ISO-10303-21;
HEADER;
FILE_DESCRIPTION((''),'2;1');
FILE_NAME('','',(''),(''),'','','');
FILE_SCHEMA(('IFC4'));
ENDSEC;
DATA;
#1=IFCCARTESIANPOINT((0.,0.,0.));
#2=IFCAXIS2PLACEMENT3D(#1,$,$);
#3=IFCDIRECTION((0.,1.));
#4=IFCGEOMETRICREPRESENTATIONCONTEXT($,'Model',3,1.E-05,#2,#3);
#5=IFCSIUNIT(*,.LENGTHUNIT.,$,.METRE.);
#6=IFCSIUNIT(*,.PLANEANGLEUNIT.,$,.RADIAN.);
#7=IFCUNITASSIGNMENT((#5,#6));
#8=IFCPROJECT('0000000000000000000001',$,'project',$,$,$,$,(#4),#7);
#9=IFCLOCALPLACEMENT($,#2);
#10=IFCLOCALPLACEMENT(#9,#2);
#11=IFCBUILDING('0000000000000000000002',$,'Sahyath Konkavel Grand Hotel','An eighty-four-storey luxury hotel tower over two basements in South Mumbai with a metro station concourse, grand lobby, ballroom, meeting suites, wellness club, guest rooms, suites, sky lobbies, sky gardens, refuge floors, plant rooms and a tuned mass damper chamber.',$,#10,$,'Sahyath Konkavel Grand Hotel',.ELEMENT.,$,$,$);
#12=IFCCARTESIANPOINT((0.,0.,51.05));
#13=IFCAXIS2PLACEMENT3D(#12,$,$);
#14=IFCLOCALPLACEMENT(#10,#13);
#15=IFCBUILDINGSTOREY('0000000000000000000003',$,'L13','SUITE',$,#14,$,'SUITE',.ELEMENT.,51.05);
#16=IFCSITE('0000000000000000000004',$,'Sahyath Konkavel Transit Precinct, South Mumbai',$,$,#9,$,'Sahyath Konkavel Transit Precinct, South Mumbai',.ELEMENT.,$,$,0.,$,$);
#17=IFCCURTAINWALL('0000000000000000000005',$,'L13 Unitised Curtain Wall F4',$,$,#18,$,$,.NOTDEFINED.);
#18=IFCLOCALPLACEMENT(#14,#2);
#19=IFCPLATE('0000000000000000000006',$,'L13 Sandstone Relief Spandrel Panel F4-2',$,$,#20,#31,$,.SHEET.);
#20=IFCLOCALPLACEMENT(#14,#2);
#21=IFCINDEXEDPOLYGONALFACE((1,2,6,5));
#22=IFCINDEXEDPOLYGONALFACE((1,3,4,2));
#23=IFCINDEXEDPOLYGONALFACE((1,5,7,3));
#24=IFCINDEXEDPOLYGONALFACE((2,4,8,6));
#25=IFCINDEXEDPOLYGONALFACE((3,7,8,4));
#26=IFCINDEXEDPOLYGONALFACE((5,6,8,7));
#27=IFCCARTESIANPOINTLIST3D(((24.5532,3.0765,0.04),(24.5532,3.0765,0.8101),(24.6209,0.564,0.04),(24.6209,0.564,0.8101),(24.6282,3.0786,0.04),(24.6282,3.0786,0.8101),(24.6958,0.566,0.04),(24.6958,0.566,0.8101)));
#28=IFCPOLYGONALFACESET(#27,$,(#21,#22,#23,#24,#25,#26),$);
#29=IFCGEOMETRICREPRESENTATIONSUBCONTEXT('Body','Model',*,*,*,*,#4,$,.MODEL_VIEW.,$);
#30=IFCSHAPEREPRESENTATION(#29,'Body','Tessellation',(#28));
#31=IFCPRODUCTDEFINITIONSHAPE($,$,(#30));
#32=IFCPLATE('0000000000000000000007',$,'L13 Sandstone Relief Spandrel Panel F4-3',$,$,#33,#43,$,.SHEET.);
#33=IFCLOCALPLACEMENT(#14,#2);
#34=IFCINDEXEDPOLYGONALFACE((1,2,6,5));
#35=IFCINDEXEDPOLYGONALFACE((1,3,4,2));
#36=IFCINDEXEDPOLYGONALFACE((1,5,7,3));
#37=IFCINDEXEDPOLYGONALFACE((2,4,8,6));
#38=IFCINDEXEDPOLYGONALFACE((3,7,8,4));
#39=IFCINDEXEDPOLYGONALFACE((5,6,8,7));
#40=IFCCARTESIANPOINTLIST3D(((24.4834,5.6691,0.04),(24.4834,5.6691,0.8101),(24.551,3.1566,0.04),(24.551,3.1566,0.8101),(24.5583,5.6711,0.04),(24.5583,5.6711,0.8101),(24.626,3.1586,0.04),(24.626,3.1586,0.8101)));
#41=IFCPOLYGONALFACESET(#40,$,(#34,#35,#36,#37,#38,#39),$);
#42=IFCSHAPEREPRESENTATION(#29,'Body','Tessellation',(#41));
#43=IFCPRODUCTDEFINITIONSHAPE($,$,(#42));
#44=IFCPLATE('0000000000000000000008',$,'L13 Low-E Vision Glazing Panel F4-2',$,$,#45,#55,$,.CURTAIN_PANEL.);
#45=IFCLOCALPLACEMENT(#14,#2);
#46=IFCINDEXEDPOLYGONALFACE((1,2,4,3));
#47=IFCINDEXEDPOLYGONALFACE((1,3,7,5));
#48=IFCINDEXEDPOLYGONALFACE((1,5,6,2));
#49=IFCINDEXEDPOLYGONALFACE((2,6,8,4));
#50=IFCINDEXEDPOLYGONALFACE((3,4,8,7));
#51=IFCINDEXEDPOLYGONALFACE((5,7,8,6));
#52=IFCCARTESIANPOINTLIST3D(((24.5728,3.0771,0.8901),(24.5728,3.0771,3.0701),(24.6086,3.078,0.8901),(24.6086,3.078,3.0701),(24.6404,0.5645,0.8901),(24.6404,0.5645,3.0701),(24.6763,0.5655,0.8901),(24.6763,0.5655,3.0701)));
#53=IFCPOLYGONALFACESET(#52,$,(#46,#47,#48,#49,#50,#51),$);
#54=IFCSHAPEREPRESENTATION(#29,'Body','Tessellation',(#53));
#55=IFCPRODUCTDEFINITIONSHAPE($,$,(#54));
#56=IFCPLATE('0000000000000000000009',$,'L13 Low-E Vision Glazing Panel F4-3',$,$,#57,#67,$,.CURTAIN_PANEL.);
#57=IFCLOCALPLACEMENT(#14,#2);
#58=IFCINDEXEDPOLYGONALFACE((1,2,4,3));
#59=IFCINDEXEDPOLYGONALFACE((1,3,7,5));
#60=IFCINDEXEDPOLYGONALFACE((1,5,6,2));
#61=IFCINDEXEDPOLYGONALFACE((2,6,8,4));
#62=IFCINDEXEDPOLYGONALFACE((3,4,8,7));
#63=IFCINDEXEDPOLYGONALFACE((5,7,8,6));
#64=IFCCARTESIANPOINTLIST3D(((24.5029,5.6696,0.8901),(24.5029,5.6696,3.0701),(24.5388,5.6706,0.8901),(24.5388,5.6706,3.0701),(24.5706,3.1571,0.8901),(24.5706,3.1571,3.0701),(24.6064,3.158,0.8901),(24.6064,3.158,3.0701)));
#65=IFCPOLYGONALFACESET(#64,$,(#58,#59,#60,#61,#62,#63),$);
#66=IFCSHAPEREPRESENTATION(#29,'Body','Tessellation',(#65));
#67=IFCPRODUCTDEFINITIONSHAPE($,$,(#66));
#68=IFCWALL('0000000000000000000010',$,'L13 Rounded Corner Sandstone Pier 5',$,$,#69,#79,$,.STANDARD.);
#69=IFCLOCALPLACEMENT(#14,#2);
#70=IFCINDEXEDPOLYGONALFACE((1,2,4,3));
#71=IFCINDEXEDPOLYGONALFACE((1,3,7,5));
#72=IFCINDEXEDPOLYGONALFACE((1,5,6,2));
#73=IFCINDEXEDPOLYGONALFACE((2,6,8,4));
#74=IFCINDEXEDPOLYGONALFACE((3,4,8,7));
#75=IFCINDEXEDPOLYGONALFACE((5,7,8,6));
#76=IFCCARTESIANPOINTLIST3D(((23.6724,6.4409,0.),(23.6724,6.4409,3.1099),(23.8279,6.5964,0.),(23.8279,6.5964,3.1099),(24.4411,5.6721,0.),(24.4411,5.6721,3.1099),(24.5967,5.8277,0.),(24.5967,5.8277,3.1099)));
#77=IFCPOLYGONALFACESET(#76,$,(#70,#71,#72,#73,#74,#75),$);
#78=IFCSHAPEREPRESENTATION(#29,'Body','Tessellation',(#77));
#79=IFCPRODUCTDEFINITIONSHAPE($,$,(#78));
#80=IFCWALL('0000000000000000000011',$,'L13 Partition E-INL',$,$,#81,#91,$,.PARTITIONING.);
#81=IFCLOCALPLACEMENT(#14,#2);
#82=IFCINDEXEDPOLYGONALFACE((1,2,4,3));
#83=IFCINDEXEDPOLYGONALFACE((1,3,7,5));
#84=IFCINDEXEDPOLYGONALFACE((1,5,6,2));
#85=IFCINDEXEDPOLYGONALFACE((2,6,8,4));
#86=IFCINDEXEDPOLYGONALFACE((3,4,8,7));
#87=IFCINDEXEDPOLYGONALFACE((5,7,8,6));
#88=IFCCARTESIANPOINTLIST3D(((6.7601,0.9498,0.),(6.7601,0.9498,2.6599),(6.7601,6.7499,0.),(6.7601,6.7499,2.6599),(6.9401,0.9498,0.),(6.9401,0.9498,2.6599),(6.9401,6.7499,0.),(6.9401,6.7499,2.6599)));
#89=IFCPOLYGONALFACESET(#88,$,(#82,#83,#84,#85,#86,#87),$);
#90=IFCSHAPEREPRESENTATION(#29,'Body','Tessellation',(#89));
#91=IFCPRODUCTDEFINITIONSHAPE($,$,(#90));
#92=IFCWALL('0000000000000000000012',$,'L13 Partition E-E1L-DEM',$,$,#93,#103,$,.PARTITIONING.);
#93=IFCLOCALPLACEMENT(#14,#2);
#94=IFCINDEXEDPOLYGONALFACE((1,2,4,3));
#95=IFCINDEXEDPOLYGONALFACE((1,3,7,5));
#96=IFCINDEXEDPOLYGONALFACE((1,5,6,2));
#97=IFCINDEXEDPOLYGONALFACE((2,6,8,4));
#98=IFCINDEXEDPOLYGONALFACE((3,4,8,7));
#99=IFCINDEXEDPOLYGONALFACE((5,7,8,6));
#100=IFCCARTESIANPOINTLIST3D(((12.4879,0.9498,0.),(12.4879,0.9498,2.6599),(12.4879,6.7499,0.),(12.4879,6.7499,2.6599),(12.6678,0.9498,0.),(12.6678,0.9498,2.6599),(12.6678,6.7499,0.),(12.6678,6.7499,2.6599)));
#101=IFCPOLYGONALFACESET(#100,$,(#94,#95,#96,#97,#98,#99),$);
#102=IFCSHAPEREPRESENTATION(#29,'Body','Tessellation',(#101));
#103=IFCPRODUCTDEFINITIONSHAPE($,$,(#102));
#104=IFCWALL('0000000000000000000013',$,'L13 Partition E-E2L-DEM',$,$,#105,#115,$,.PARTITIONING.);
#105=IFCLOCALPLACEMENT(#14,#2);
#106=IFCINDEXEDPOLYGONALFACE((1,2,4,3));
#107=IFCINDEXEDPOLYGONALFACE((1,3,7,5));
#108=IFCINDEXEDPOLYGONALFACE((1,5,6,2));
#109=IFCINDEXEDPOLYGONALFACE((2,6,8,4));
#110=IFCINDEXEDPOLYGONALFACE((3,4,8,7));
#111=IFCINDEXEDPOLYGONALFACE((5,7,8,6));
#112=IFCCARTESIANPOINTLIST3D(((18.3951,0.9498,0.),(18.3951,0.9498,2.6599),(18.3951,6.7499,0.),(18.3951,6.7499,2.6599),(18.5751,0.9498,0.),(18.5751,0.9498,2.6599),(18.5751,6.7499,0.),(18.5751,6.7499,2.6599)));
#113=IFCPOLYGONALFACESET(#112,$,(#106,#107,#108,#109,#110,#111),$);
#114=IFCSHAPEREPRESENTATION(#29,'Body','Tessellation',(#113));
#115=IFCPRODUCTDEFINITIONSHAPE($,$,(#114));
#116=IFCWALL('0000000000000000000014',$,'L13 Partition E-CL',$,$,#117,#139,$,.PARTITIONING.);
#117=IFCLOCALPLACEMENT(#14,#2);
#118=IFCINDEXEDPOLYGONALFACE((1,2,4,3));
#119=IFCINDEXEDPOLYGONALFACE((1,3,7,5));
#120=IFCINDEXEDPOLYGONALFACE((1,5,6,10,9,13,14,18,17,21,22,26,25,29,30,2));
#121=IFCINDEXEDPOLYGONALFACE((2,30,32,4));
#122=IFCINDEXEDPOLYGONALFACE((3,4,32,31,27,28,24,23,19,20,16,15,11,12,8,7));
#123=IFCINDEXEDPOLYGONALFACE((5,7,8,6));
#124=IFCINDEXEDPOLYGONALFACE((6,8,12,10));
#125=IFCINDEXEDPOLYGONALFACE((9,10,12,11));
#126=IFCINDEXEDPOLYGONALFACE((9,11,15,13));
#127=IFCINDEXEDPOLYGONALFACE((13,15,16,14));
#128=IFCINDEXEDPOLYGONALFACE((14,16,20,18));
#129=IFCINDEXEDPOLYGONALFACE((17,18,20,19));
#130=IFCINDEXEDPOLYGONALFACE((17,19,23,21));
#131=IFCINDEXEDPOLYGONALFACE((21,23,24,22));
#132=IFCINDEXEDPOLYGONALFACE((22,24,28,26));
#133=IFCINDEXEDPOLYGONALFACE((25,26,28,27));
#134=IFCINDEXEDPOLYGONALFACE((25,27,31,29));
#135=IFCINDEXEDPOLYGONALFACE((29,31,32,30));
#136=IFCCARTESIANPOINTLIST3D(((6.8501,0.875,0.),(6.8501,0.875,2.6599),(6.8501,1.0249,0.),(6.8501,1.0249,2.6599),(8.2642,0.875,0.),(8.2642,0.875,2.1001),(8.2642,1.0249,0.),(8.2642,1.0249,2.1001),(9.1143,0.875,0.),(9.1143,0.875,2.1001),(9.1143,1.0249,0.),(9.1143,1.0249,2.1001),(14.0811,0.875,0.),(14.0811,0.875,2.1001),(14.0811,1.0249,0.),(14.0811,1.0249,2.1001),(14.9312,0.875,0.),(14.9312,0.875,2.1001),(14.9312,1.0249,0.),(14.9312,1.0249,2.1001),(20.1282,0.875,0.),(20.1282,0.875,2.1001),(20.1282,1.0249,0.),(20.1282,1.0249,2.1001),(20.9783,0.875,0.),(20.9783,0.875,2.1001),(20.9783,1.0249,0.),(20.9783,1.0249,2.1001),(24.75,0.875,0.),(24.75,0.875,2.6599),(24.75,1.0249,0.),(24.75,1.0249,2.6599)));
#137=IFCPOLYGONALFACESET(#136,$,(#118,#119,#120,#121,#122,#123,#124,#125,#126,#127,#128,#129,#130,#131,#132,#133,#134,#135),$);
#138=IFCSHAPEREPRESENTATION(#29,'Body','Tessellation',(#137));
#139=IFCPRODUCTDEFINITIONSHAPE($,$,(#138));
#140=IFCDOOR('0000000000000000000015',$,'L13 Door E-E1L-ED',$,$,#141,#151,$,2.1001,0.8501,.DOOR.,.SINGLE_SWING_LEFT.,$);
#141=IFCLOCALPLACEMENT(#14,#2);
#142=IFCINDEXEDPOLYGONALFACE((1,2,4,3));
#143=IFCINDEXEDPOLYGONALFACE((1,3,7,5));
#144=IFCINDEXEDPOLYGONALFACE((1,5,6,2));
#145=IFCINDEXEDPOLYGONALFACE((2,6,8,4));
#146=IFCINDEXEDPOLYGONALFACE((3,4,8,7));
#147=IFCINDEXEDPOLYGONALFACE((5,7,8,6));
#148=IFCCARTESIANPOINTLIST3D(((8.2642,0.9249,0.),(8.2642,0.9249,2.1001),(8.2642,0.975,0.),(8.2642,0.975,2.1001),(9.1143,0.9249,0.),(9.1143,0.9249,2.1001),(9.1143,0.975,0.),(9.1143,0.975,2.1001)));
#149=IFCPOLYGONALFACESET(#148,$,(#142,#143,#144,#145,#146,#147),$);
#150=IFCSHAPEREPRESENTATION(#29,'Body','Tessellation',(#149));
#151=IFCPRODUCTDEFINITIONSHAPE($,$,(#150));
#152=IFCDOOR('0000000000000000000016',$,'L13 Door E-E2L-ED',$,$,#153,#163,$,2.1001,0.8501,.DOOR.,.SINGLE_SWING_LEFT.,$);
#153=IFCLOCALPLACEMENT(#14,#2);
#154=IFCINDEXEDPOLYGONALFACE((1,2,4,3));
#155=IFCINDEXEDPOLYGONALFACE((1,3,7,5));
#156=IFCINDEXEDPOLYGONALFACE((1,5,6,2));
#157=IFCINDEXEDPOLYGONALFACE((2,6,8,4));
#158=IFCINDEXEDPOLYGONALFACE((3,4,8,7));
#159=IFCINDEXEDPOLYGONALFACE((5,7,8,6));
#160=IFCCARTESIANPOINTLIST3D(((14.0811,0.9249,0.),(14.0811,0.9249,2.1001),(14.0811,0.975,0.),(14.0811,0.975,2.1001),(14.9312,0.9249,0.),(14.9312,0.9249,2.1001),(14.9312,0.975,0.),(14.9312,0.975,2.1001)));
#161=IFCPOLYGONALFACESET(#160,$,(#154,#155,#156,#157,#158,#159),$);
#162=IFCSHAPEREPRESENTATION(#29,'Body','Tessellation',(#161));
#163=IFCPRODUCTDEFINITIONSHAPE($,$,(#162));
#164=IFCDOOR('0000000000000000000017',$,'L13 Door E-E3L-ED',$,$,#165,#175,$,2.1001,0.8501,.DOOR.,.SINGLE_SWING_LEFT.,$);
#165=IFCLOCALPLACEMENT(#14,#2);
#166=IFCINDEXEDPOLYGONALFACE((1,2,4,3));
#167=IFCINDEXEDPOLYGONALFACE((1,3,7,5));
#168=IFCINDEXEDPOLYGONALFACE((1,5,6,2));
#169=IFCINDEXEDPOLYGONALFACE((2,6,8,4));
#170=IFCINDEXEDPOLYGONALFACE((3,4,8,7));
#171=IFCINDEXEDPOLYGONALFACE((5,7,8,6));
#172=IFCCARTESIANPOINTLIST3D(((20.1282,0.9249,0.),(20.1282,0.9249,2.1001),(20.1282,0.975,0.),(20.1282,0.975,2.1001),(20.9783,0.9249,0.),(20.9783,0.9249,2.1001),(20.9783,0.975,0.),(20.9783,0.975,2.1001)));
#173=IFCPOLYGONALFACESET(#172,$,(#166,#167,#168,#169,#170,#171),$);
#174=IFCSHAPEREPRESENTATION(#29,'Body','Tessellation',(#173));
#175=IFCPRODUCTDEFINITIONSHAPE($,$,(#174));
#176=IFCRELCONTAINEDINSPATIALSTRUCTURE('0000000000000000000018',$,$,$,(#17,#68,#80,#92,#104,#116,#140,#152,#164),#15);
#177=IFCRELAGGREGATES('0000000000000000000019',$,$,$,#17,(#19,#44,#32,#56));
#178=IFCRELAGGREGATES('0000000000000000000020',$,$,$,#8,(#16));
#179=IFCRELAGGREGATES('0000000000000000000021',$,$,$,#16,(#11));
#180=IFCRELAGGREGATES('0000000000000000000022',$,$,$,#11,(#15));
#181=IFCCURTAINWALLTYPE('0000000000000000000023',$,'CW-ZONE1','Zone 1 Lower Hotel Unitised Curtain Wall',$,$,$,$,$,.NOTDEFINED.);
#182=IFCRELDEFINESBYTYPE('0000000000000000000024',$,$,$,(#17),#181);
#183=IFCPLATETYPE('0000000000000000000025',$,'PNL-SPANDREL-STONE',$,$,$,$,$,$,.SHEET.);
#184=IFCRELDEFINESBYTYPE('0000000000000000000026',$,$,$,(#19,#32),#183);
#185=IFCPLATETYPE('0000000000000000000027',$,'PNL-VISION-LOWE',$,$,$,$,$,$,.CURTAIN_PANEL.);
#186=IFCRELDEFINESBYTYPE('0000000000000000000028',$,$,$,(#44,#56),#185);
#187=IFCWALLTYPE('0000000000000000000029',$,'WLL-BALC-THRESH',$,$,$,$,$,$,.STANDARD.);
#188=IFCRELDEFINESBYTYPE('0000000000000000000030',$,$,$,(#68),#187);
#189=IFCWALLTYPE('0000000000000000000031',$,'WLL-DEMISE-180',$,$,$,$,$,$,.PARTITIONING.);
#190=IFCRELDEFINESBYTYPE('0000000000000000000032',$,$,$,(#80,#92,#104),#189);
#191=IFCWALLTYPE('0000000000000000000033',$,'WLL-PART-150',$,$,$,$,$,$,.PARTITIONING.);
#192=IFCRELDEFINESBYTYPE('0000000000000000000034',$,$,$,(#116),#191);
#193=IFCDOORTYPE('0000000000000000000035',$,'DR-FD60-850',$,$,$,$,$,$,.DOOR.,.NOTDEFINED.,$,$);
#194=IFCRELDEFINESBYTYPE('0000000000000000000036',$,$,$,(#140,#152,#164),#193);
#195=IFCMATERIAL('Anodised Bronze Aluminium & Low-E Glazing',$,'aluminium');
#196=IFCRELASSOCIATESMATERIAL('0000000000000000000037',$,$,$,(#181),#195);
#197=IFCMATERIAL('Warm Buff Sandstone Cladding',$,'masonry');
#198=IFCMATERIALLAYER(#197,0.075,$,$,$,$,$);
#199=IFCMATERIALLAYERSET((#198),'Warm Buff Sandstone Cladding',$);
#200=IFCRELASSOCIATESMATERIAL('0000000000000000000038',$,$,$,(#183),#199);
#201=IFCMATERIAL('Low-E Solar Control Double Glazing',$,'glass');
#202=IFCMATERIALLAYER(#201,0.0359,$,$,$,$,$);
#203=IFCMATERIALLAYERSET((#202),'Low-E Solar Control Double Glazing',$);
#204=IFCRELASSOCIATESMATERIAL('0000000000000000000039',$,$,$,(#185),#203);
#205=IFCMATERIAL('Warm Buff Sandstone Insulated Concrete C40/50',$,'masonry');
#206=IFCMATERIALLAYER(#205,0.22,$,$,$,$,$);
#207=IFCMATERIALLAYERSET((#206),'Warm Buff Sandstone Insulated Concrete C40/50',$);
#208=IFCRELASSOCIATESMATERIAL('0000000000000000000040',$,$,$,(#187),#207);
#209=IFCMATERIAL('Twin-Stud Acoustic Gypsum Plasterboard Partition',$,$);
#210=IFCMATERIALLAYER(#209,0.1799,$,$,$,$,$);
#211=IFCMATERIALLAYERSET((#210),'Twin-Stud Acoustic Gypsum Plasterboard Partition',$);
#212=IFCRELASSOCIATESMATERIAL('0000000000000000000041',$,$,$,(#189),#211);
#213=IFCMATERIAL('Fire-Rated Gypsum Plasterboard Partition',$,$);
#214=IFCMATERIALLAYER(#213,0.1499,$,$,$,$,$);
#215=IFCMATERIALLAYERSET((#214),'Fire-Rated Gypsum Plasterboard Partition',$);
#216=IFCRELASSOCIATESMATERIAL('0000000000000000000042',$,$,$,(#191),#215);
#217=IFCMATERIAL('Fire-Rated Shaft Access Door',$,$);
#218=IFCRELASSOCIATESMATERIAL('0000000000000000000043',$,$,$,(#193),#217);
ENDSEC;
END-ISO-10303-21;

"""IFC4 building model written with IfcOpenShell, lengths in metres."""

from ifc_helpers import new_model, si_unit, direction, frame, frame_2d, origin, origin_2d, place, context, subcontext, project, spatial, rectangle, extrude, source, transform, mapped, material, layer, layer_set, type_object, element, fill, aggregate, save


model = new_model("IFC4")

# Units and contexts
model_context = context("Model", 3, precision=1e-05, world=origin(), true_north=direction((0.0, 1.0)))
body_context = subcontext(model_context, "Body", "Model", "MODEL_VIEW")
ifc_project = project(units=[si_unit("LENGTHUNIT", "METRE"), si_unit("PLANEANGLEUNIT", "RADIAN")], contexts=[model_context])

# Site, building, storey
site_placement = place(None, origin())
site = spatial("IfcSite", under=ifc_project, at=site_placement, Name="Sahyath Konkavel Transit Precinct, South Mumbai", LongName="Sahyath Konkavel Transit Precinct, South Mumbai", CompositionType="ELEMENT", RefElevation=0.0)
building_placement = place(site_placement, origin())
building = spatial("IfcBuilding", under=site, at=building_placement, Name="Sahyath Konkavel Grand Hotel", Description="An eighty-four-storey luxury hotel tower over two basements in South Mumbai with a metro station concourse, grand lobby, ballroom, meeting suites, wellness club, guest rooms, suites, sky lobbies, sky gardens, refuge floors, plant rooms and a tuned mass damper chamber.", LongName="Sahyath Konkavel Grand Hotel", CompositionType="ELEMENT")
storey_placement = place(building_placement, frame((0.0, 0.0, 51.05)))
storey = spatial("IfcBuildingStorey", under=building, at=storey_placement, Name="L13", Description="SUITE", LongName="SUITE", CompositionType="ELEMENT", Elevation=51.05)

# Curtain wall
ifc_material_1 = material(Name="Anodised Bronze Aluminium & Low-E Glazing", Category="aluminium")
curtain_wall_type = type_object("IfcCurtainWallType", Name="CW-ZONE1", Description="Zone 1 Lower Hotel Unitised Curtain Wall", PredefinedType="NOTDEFINED", material=ifc_material_1)
curtain_wall_placement = place(storey_placement, origin())
curtain_wall = element("IfcCurtainWall", 1, at=curtain_wall_placement, inside=storey, type_object=curtain_wall_type, Name="L13 Unitised Curtain Wall F4", PredefinedType="NOTDEFINED")

# Plates
ifc_material_2 = material(Name="Warm Buff Sandstone Cladding", Category="masonry")
ifc_layer_1 = layer(ifc_material_2, 0.075)
ifc_layer_set_1 = layer_set([ifc_layer_1], Name="Warm Buff Sandstone Cladding")
plate_type_1 = type_object("IfcPlateType", Name="PNL-SPANDREL-STONE", PredefinedType="SHEET", material=ifc_layer_set_1)
shared_shape_1 = source(origin(), body_context, "Body", "SweptSolid", [
    extrude(rectangle(XDim=2.5134, YDim=0.075, at=origin_2d()), origin(), (0.0, 0.0, 1.0), 0.77),
])
plate_1_placement = place(storey_placement, frame((24.6245, 1.8213, 0.04), z_axis=(0.0, 0.0, 1.0), x_axis=(-0.02691, 0.999638, 0.0)))
plate_1 = element("IfcPlate", 2, at=plate_1_placement, type_object=plate_type_1, Name="L13 Sandstone Relief Spandrel Panel F4-2", PredefinedType="SHEET", context=body_context, shape_type="MappedRepresentation", body=[
    mapped(shared_shape_1, transform((0.0, 0.0, 0.0), scale=1.0)),
])
plate_2_placement = place(storey_placement, frame((24.5547, 4.4138, 0.04), z_axis=(0.0, 0.0, 1.0), x_axis=(-0.02691, 0.999638, 0.0)))
plate_2 = element("IfcPlate", 3, at=plate_2_placement, type_object=plate_type_1, Name="L13 Sandstone Relief Spandrel Panel F4-3", PredefinedType="SHEET", context=body_context, shape_type="MappedRepresentation", body=[
    mapped(shared_shape_1, transform((0.0, 0.0, 0.0), scale=1.0)),
])
ifc_material_3 = material(Name="Low-E Solar Control Double Glazing", Category="glass")
ifc_layer_2 = layer(ifc_material_3, 0.0359)
ifc_layer_set_2 = layer_set([ifc_layer_2], Name="Low-E Solar Control Double Glazing")
plate_type_2 = type_object("IfcPlateType", Name="PNL-VISION-LOWE", PredefinedType="CURTAIN_PANEL", material=ifc_layer_set_2)
shared_shape_2 = source(origin(), body_context, "Body", "SweptSolid", [
    extrude(rectangle(XDim=2.5134, YDim=0.0359, at=origin_2d()), origin(), (0.0, 0.0, 1.0), 2.1799),
])
plate_3_placement = place(storey_placement, frame((24.6245, 1.8213, 0.8901), z_axis=(0.0, 0.0, 1.0), x_axis=(-0.02691, 0.999638, 0.0)))
plate_3 = element("IfcPlate", 4, at=plate_3_placement, type_object=plate_type_2, Name="L13 Low-E Vision Glazing Panel F4-2", PredefinedType="CURTAIN_PANEL", context=body_context, shape_type="MappedRepresentation", body=[
    mapped(shared_shape_2, transform((0.0, 0.0, 0.0), scale=1.0)),
])
plate_4_placement = place(storey_placement, frame((24.5547, 4.4138, 0.8901), z_axis=(0.0, 0.0, 1.0), x_axis=(-0.02691, 0.999638, 0.0)))
plate_4 = element("IfcPlate", 5, at=plate_4_placement, type_object=plate_type_2, Name="L13 Low-E Vision Glazing Panel F4-3", PredefinedType="CURTAIN_PANEL", context=body_context, shape_type="MappedRepresentation", body=[
    mapped(shared_shape_2, transform((0.0, 0.0, 0.0), scale=1.0)),
])
aggregate(curtain_wall, [plate_1, plate_3, plate_2, plate_4])

# Walls
ifc_material_4 = material(Name="Warm Buff Sandstone Insulated Concrete C40/50", Category="masonry")
ifc_layer_3 = layer(ifc_material_4, 0.22)
ifc_layer_set_3 = layer_set([ifc_layer_3], Name="Warm Buff Sandstone Insulated Concrete C40/50")
wall_type_1 = type_object("IfcWallType", Name="WLL-BALC-THRESH", PredefinedType="STANDARD", material=ifc_layer_set_3)
wall_1_placement = place(storey_placement, frame((24.5188, 5.75, 0.0), z_axis=(0.0, 0.0, 1.0), x_axis=(-0.707107, 0.707107, 0.0)))
element("IfcWall", 6, at=wall_1_placement, inside=storey, type_object=wall_type_1, Name="L13 Rounded Corner Sandstone Pier 5", PredefinedType="STANDARD", context=body_context, shape_type="SweptSolid", body=[
    extrude(rectangle(XDim=1.0872, YDim=0.22, at=frame_2d((0.5435, 0.0))), origin(), (0.0, 0.0, 1.0), 3.1099),
])
ifc_material_5 = material(Name="Twin-Stud Acoustic Gypsum Plasterboard Partition")
ifc_layer_4 = layer(ifc_material_5, 0.1799)
ifc_layer_set_4 = layer_set([ifc_layer_4], Name="Twin-Stud Acoustic Gypsum Plasterboard Partition")
wall_type_2 = type_object("IfcWallType", Name="WLL-DEMISE-180", PredefinedType="PARTITIONING", material=ifc_layer_set_4)
for number, where, z_axis, x_axis, name in (
    (7, (6.8501, 0.95, 0.0), (0.0, 0.0, 1.0), (0.0, 1.0, 0.0), "L13 Partition E-INL"),
    (8, (12.5779, 0.95, 0.0), (0.0, 0.0, 1.0), (0.0, 1.0, 0.0), "L13 Partition E-E1L-DEM"),
    (9, (18.4851, 0.95, 0.0), (0.0, 0.0, 1.0), (0.0, 1.0, 0.0), "L13 Partition E-E2L-DEM"),
):
    element("IfcWall", number, at=place(storey_placement, frame(where, z_axis=z_axis, x_axis=x_axis)), inside=storey, type_object=wall_type_2, Name=name, PredefinedType="PARTITIONING", context=body_context, shape_type="SweptSolid", body=[
        extrude(rectangle(XDim=5.8, YDim=0.1799, at=frame_2d((2.8999, 0.0))), origin(), (0.0, 0.0, 1.0), 2.6599),
    ])

# Wall, openings, doors
ifc_material_6 = material(Name="Fire-Rated Gypsum Plasterboard Partition")
ifc_layer_5 = layer(ifc_material_6, 0.1499)
ifc_layer_set_5 = layer_set([ifc_layer_5], Name="Fire-Rated Gypsum Plasterboard Partition")
wall_type_3 = type_object("IfcWallType", Name="WLL-PART-150", PredefinedType="PARTITIONING", material=ifc_layer_set_5)
wall_2_placement = place(storey_placement, frame((6.8501, 0.95, 0.0), z_axis=(0.0, 0.0, 1.0), x_axis=(1.0, 0.0, 0.0)))
wall_2 = element("IfcWall", 10, at=wall_2_placement, inside=storey, type_object=wall_type_3, Name="L13 Partition E-CL", PredefinedType="PARTITIONING", context=body_context, shape_type="SweptSolid", body=[
    extrude(rectangle(XDim=17.8999, YDim=0.1499, at=frame_2d((8.95, 0.0))), origin(), (0.0, 0.0, 1.0), 2.6599),
])
opening_1_placement = place(wall_2_placement, frame((1.4141, 0.0, 0.0)))
opening_1 = element("IfcOpeningElement", 11, at=opening_1_placement, cuts=wall_2, PredefinedType="OPENING", context=body_context, shape_type="SweptSolid", body=[
    extrude(rectangle(XDim=0.8501, YDim=2.1001, at=frame_2d((0.425, 1.05))), frame((0.0, 0.085, 0.0), z_axis=(0.0, -1.0, 0.0), x_axis=(1.0, 0.0, 0.0)), (0.0, 0.0, 1.0), 0.1699),
])
opening_2_placement = place(wall_2_placement, frame((7.231, 0.0, 0.0)))
opening_2 = element("IfcOpeningElement", 12, at=opening_2_placement, cuts=wall_2, PredefinedType="OPENING", context=body_context, shape_type="SweptSolid", body=[
    extrude(rectangle(XDim=0.8501, YDim=2.1001, at=frame_2d((0.425, 1.05))), frame((0.0, 0.085, 0.0), z_axis=(0.0, -1.0, 0.0), x_axis=(1.0, 0.0, 0.0)), (0.0, 0.0, 1.0), 0.1699),
])
opening_3_placement = place(wall_2_placement, frame((13.2781, 0.0, 0.0)))
opening_3 = element("IfcOpeningElement", 13, at=opening_3_placement, cuts=wall_2, PredefinedType="OPENING", context=body_context, shape_type="SweptSolid", body=[
    extrude(rectangle(XDim=0.8501, YDim=2.1001, at=frame_2d((0.425, 1.05))), frame((0.0, 0.085, 0.0), z_axis=(0.0, -1.0, 0.0), x_axis=(1.0, 0.0, 0.0)), (0.0, 0.0, 1.0), 0.1699),
])
ifc_material_7 = material(Name="Fire-Rated Shaft Access Door")
door_type_1 = type_object("IfcDoorType", Name="DR-FD60-850", OperationType="NOTDEFINED", PredefinedType="DOOR", material=ifc_material_7)
shared_shape_3 = source(origin(), body_context, "Body", "SweptSolid", [
    extrude(rectangle(XDim=0.8501, YDim=0.05, at=origin_2d()), origin(), (0.0, 0.0, 1.0), 2.1001),
])
door_1_placement = place(opening_1_placement, frame((0.425, 0.0, 0.0)))
door_1 = element("IfcDoor", 14, at=door_1_placement, inside=storey, type_object=door_type_1, Name="L13 Door E-E1L-ED", OperationType="SINGLE_SWING_LEFT", OverallHeight=2.1001, OverallWidth=0.8501, PredefinedType="DOOR", context=body_context, shape_type="MappedRepresentation", body=[
    mapped(shared_shape_3, transform((0.0, 0.0, 0.0), scale=1.0)),
])
fill(opening_1, door_1)
door_2_placement = place(opening_2_placement, frame((0.425, 0.0, 0.0)))
door_2 = element("IfcDoor", 15, at=door_2_placement, inside=storey, type_object=door_type_1, Name="L13 Door E-E2L-ED", OperationType="SINGLE_SWING_LEFT", OverallHeight=2.1001, OverallWidth=0.8501, PredefinedType="DOOR", context=body_context, shape_type="MappedRepresentation", body=[
    mapped(shared_shape_3, transform((0.0, 0.0, 0.0), scale=1.0)),
])
fill(opening_2, door_2)
door_3_placement = place(opening_3_placement, frame((0.425, 0.0, 0.0)))
door_3 = element("IfcDoor", 16, at=door_3_placement, inside=storey, type_object=door_type_1, Name="L13 Door E-E3L-ED", OperationType="SINGLE_SWING_LEFT", OverallHeight=2.1001, OverallWidth=0.8501, PredefinedType="DOOR", context=body_context, shape_type="MappedRepresentation", body=[
    mapped(shared_shape_3, transform((0.0, 0.0, 0.0), scale=1.0)),
])
fill(opening_3, door_3)

save(model, "model.ifc")
